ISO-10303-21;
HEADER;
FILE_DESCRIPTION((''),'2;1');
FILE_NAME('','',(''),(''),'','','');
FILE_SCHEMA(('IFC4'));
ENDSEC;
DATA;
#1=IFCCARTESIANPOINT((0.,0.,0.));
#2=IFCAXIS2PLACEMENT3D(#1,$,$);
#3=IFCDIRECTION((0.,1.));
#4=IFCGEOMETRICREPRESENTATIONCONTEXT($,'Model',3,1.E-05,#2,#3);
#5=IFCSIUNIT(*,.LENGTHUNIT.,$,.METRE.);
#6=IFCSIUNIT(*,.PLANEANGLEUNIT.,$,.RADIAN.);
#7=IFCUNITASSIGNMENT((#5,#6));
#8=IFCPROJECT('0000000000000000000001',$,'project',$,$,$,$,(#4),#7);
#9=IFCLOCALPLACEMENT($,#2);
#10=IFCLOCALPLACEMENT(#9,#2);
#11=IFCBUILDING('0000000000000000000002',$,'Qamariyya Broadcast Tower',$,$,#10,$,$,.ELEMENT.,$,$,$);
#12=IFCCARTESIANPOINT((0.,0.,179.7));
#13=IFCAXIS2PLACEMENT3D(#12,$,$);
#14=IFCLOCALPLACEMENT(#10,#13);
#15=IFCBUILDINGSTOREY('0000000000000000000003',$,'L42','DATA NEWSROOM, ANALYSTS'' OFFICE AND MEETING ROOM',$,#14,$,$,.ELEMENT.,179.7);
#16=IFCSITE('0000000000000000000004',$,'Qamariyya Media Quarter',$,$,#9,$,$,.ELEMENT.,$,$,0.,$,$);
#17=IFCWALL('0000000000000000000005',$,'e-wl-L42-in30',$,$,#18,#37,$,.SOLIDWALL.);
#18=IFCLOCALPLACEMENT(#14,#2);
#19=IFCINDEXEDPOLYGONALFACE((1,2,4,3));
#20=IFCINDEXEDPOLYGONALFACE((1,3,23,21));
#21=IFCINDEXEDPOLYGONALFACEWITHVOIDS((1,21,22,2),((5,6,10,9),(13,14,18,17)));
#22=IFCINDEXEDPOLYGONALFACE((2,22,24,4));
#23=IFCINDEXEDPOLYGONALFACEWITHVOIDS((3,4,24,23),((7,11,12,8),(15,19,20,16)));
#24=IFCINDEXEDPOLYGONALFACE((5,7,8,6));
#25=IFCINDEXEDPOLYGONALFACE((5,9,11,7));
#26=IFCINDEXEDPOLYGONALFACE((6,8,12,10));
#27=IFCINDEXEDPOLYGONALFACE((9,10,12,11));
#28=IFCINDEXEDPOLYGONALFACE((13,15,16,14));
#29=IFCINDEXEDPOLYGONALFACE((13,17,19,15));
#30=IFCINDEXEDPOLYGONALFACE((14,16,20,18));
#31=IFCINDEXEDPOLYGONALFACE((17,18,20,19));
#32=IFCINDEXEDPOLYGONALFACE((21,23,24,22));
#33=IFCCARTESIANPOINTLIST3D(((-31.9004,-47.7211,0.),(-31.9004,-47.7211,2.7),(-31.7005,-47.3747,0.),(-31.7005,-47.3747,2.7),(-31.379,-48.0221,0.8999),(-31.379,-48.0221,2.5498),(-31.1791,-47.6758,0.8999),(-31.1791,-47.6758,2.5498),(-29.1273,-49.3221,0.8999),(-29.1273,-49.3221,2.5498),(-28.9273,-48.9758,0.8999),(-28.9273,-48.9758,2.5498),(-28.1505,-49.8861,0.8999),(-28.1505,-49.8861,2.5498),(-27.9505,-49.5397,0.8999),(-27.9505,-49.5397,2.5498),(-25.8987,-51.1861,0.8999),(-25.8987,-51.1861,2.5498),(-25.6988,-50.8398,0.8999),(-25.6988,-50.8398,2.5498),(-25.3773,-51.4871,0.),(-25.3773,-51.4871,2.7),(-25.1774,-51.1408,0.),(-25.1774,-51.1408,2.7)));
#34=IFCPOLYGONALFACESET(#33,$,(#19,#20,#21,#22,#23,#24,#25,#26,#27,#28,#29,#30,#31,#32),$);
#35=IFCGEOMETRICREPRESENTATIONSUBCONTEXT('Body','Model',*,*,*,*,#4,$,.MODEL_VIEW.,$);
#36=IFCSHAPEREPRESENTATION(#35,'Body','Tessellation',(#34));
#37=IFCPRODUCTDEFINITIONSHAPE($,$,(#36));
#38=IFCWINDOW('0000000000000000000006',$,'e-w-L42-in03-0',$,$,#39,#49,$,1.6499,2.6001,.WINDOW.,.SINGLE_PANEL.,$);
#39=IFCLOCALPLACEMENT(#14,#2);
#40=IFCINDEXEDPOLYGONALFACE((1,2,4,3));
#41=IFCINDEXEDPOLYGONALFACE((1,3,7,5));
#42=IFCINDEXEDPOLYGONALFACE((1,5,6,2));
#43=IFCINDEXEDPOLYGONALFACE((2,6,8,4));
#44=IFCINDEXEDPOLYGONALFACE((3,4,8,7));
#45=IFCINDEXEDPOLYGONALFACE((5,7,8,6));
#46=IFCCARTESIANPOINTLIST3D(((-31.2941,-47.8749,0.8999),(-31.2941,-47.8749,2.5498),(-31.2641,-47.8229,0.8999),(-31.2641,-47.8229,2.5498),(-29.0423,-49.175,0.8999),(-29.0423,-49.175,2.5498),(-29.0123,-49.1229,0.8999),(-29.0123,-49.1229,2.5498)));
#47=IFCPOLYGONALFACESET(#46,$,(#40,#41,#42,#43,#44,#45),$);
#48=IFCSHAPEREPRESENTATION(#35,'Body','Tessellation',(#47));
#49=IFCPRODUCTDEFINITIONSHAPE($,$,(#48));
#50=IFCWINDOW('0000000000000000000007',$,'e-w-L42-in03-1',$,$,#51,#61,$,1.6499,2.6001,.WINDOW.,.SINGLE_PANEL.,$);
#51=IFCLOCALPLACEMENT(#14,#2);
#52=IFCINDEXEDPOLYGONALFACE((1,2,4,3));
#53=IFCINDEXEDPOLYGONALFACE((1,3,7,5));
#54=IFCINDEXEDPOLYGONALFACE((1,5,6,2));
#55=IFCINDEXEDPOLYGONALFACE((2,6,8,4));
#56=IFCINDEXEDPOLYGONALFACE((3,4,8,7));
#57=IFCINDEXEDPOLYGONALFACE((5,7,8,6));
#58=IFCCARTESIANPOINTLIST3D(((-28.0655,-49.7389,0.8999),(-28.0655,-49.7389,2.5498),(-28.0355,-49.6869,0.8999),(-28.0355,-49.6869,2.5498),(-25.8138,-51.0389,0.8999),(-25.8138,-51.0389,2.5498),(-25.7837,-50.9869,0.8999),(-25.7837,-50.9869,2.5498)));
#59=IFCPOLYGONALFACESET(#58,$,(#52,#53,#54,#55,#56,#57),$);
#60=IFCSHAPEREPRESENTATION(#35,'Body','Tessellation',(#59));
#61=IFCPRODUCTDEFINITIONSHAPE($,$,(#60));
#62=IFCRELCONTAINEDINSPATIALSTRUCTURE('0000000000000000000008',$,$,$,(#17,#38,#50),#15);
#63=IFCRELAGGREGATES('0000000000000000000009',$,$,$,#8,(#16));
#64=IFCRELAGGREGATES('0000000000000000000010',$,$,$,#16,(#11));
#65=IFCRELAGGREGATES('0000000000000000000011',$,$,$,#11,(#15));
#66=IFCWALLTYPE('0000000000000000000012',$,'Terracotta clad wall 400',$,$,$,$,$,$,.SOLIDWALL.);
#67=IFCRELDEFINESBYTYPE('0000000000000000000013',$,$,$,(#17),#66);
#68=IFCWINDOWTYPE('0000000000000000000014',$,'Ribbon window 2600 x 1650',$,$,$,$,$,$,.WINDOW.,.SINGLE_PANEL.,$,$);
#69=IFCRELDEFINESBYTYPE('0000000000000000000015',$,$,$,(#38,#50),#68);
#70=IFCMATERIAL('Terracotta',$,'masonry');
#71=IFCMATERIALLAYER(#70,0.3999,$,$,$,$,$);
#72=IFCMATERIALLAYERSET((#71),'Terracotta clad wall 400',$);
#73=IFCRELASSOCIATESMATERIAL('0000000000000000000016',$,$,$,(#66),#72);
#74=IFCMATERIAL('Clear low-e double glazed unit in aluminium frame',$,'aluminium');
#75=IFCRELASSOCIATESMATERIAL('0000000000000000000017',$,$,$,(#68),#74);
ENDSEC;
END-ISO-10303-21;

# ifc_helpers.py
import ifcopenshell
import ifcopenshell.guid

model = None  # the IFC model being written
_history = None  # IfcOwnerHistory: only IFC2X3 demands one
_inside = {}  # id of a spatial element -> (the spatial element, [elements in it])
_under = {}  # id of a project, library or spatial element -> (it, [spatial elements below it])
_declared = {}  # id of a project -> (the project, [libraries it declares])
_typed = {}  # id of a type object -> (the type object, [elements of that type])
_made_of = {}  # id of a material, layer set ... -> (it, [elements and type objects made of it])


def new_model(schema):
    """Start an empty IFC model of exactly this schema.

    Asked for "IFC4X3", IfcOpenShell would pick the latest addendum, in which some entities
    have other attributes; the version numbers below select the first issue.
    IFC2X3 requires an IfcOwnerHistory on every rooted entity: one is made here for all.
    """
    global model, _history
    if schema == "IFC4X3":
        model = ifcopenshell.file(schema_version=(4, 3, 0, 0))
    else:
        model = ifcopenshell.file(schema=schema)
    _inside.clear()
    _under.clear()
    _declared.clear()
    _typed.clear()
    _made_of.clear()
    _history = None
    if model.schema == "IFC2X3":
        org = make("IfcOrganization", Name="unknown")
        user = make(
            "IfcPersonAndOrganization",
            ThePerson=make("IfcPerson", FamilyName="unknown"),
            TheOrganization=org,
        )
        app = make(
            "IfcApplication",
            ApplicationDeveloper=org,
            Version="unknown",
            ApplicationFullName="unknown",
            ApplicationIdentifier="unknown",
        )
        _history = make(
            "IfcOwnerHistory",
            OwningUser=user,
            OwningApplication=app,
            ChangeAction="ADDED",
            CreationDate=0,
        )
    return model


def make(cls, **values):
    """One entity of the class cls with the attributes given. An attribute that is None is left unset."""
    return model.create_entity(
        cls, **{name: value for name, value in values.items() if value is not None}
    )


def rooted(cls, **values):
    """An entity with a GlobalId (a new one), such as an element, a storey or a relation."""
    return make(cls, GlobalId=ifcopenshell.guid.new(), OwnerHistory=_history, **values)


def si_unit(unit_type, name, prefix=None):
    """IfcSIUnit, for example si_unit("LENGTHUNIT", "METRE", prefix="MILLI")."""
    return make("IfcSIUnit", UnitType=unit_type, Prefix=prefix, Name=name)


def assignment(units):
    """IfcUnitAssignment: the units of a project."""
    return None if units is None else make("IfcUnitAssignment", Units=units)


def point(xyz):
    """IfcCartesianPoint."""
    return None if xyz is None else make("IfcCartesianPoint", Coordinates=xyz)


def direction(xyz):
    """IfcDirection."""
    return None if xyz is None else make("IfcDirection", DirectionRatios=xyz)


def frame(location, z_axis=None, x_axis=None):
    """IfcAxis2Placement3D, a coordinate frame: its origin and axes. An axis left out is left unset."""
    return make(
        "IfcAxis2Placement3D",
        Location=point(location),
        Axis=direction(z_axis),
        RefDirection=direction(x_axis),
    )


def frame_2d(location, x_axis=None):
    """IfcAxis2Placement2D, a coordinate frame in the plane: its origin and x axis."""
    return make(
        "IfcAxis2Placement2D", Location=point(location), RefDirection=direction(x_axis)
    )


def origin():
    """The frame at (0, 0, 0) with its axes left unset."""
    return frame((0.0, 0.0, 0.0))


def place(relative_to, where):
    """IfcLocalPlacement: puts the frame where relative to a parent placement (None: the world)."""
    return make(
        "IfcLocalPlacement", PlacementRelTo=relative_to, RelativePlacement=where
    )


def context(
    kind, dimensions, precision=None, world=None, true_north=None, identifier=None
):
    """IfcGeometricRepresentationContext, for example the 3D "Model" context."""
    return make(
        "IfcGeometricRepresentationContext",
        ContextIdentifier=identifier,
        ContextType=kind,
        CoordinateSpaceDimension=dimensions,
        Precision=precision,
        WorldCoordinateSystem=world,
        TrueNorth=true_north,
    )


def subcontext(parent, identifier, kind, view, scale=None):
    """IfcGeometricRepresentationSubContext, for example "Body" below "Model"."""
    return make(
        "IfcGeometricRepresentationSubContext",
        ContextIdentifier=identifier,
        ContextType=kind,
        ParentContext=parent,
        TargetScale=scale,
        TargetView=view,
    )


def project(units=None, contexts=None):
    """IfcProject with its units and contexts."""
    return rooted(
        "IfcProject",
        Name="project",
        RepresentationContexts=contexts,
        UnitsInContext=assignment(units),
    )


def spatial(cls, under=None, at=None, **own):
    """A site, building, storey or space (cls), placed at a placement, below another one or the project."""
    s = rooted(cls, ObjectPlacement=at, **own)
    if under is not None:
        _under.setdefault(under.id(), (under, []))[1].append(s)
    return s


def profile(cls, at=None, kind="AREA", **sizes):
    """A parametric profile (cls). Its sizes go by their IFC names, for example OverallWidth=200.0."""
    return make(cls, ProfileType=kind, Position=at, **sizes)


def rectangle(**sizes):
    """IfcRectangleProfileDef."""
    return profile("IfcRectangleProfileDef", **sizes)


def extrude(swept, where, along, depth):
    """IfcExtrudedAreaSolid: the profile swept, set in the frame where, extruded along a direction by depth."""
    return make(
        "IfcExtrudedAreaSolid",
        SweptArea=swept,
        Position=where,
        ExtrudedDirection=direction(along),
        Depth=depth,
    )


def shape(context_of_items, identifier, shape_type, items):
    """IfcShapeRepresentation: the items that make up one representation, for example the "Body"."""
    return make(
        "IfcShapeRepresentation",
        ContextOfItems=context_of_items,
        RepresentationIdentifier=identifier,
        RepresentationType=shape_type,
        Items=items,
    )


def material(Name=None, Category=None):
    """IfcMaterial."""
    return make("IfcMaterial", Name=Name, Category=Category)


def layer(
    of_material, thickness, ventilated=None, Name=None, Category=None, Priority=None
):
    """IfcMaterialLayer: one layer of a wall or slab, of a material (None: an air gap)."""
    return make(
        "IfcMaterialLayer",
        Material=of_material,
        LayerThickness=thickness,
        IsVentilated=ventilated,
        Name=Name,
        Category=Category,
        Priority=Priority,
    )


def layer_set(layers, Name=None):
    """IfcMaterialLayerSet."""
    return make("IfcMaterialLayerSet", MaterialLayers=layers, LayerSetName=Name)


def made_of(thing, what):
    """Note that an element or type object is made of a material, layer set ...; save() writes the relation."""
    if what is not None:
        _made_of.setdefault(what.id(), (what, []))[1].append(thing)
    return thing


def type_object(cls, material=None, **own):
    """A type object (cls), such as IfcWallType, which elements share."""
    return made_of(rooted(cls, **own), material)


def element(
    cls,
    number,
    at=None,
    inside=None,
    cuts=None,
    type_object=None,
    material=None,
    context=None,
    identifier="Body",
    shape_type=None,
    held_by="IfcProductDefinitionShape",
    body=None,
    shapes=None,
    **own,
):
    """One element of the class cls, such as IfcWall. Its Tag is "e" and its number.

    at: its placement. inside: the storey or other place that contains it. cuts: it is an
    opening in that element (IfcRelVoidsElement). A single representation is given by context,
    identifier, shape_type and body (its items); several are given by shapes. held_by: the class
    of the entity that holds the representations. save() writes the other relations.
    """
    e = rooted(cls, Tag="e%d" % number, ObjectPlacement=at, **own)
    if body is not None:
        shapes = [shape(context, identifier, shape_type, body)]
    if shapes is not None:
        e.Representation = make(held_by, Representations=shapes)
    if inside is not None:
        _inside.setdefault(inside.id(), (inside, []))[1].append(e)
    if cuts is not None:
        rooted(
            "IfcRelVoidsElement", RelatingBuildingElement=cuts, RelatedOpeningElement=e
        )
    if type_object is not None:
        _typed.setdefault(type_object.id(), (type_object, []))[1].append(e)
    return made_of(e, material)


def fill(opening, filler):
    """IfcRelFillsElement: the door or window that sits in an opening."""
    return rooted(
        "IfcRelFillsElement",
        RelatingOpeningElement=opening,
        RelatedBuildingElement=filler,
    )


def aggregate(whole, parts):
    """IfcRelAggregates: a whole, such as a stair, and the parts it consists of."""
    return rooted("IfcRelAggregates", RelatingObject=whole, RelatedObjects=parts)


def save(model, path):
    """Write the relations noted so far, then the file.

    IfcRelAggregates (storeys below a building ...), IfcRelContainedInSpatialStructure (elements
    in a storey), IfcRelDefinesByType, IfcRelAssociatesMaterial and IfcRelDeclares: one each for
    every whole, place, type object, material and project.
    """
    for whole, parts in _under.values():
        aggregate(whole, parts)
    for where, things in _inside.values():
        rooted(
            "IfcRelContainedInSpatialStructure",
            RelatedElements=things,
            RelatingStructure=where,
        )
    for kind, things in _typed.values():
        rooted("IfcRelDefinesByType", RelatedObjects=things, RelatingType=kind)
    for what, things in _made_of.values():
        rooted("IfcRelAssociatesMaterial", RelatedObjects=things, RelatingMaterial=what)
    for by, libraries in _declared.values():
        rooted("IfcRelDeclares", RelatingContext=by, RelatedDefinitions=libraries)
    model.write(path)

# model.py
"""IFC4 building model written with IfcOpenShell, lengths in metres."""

from ifc_helpers import new_model, si_unit, direction, frame, frame_2d, origin, place, context, subcontext, project, spatial, rectangle, extrude, material, layer, layer_set, type_object, element, fill, save


model = new_model("IFC4")

# Units and contexts
model_context = context("Model", 3, precision=1e-05, world=origin(), true_north=direction((0.0, 1.0)))
body_context = subcontext(model_context, "Body", "Model", "MODEL_VIEW")
ifc_project = project(units=[si_unit("LENGTHUNIT", "METRE"), si_unit("PLANEANGLEUNIT", "RADIAN")], contexts=[model_context])

# Site, building, storey
site_placement = place(None, origin())
site = spatial("IfcSite", under=ifc_project, at=site_placement, Name="Qamariyya Media Quarter", CompositionType="ELEMENT", RefElevation=0.0)
building_placement = place(site_placement, origin())
building = spatial("IfcBuilding", under=site, at=building_placement, Name="Qamariyya Broadcast Tower", CompositionType="ELEMENT")
storey_placement = place(building_placement, frame((0.0, 0.0, 179.7)))
storey = spatial("IfcBuildingStorey", under=building, at=storey_placement, Name="L42", Description="DATA NEWSROOM, ANALYSTS' OFFICE AND MEETING ROOM", CompositionType="ELEMENT", Elevation=179.7)

# Wall, openings, windows
ifc_material_1 = material(Name="Terracotta", Category="masonry")
ifc_layer_1 = layer(ifc_material_1, 0.3999)
ifc_layer_set_1 = layer_set([ifc_layer_1], Name="Terracotta clad wall 400")
wall_type = type_object("IfcWallType", Name="Terracotta clad wall 400", PredefinedType="SOLIDWALL", material=ifc_layer_set_1)
ifc_material_2 = material(Name="Clear low-e double glazed unit in aluminium frame", Category="aluminium")
window_type = type_object("IfcWindowType", Name="Ribbon window 2600 x 1650", PartitioningType="SINGLE_PANEL", PredefinedType="WINDOW", material=ifc_material_2)
wall_1_placement = place(storey_placement, frame((-25.2773, -51.314, 0.0), z_axis=(0.0, 0.0, 1.0), x_axis=(-0.866029, 0.499995, 0.0)))
wall_1 = element("IfcWall", 1, at=wall_1_placement, inside=storey, type_object=wall_type, Name="e-wl-L42-in30", PredefinedType="SOLIDWALL", context=body_context, shape_type="SweptSolid", body=[
    extrude(rectangle(XDim=7.5322, YDim=0.3999, at=frame_2d((3.7661, 0.0))), origin(), (0.0, 0.0, 1.0), 2.7),
])
opening_1_placement = place(wall_1_placement, frame((4.3301, 0.0, 0.8999)))
opening_1 = element("IfcOpeningElement", 2, at=opening_1_placement, cuts=wall_1, PredefinedType="OPENING", context=body_context, shape_type="SweptSolid", body=[
    extrude(rectangle(XDim=2.6001, YDim=1.6499, at=frame_2d((1.3, 0.825))), frame((0.0, 0.21, 0.0), z_axis=(0.0, -1.0, 0.0), x_axis=(1.0, 0.0, 0.0)), (0.0, 0.0, 1.0), 0.4199),
])
opening_2_placement = place(wall_1_placement, frame((0.6021, 0.0, 0.8999)))
opening_2 = element("IfcOpeningElement", 3, at=opening_2_placement, cuts=wall_1, PredefinedType="OPENING", context=body_context, shape_type="SweptSolid", body=[
    extrude(rectangle(XDim=2.6001, YDim=1.6499, at=frame_2d((1.3, 0.825))), frame((0.0, 0.21, 0.0), z_axis=(0.0, -1.0, 0.0), x_axis=(1.0, 0.0, 0.0)), (0.0, 0.0, 1.0), 0.4199),
])
window_1_placement = place(opening_1_placement, origin())
window_1 = element("IfcWindow", 4, at=window_1_placement, inside=storey, type_object=window_type, Name="e-w-L42-in03-0", OverallHeight=1.6499, OverallWidth=2.6001, PartitioningType="SINGLE_PANEL", PredefinedType="WINDOW", context=body_context, shape_type="SweptSolid", body=[
    extrude(rectangle(XDim=2.6001, YDim=1.6499, at=frame_2d((1.3, 0.825))), frame((0.0, 0.03, 0.0), z_axis=(0.0, -1.0, 0.0), x_axis=(1.0, 0.0, 0.0)), (0.0, 0.0, 1.0), 0.0601),
])
fill(opening_1, window_1)
window_2_placement = place(opening_2_placement, origin())
window_2 = element("IfcWindow", 5, at=window_2_placement, inside=storey, type_object=window_type, Name="e-w-L42-in03-1", OverallHeight=1.6499, OverallWidth=2.6001, PartitioningType="SINGLE_PANEL", PredefinedType="WINDOW", context=body_context, shape_type="SweptSolid", body=[
    extrude(rectangle(XDim=2.6001, YDim=1.6499, at=frame_2d((1.3, 0.825))), frame((0.0, 0.03, 0.0), z_axis=(0.0, -1.0, 0.0), x_axis=(1.0, 0.0, 0.0)), (0.0, 0.0, 1.0), 0.0601),
])
fill(opening_2, window_2)

save(model, "model.ifc")
